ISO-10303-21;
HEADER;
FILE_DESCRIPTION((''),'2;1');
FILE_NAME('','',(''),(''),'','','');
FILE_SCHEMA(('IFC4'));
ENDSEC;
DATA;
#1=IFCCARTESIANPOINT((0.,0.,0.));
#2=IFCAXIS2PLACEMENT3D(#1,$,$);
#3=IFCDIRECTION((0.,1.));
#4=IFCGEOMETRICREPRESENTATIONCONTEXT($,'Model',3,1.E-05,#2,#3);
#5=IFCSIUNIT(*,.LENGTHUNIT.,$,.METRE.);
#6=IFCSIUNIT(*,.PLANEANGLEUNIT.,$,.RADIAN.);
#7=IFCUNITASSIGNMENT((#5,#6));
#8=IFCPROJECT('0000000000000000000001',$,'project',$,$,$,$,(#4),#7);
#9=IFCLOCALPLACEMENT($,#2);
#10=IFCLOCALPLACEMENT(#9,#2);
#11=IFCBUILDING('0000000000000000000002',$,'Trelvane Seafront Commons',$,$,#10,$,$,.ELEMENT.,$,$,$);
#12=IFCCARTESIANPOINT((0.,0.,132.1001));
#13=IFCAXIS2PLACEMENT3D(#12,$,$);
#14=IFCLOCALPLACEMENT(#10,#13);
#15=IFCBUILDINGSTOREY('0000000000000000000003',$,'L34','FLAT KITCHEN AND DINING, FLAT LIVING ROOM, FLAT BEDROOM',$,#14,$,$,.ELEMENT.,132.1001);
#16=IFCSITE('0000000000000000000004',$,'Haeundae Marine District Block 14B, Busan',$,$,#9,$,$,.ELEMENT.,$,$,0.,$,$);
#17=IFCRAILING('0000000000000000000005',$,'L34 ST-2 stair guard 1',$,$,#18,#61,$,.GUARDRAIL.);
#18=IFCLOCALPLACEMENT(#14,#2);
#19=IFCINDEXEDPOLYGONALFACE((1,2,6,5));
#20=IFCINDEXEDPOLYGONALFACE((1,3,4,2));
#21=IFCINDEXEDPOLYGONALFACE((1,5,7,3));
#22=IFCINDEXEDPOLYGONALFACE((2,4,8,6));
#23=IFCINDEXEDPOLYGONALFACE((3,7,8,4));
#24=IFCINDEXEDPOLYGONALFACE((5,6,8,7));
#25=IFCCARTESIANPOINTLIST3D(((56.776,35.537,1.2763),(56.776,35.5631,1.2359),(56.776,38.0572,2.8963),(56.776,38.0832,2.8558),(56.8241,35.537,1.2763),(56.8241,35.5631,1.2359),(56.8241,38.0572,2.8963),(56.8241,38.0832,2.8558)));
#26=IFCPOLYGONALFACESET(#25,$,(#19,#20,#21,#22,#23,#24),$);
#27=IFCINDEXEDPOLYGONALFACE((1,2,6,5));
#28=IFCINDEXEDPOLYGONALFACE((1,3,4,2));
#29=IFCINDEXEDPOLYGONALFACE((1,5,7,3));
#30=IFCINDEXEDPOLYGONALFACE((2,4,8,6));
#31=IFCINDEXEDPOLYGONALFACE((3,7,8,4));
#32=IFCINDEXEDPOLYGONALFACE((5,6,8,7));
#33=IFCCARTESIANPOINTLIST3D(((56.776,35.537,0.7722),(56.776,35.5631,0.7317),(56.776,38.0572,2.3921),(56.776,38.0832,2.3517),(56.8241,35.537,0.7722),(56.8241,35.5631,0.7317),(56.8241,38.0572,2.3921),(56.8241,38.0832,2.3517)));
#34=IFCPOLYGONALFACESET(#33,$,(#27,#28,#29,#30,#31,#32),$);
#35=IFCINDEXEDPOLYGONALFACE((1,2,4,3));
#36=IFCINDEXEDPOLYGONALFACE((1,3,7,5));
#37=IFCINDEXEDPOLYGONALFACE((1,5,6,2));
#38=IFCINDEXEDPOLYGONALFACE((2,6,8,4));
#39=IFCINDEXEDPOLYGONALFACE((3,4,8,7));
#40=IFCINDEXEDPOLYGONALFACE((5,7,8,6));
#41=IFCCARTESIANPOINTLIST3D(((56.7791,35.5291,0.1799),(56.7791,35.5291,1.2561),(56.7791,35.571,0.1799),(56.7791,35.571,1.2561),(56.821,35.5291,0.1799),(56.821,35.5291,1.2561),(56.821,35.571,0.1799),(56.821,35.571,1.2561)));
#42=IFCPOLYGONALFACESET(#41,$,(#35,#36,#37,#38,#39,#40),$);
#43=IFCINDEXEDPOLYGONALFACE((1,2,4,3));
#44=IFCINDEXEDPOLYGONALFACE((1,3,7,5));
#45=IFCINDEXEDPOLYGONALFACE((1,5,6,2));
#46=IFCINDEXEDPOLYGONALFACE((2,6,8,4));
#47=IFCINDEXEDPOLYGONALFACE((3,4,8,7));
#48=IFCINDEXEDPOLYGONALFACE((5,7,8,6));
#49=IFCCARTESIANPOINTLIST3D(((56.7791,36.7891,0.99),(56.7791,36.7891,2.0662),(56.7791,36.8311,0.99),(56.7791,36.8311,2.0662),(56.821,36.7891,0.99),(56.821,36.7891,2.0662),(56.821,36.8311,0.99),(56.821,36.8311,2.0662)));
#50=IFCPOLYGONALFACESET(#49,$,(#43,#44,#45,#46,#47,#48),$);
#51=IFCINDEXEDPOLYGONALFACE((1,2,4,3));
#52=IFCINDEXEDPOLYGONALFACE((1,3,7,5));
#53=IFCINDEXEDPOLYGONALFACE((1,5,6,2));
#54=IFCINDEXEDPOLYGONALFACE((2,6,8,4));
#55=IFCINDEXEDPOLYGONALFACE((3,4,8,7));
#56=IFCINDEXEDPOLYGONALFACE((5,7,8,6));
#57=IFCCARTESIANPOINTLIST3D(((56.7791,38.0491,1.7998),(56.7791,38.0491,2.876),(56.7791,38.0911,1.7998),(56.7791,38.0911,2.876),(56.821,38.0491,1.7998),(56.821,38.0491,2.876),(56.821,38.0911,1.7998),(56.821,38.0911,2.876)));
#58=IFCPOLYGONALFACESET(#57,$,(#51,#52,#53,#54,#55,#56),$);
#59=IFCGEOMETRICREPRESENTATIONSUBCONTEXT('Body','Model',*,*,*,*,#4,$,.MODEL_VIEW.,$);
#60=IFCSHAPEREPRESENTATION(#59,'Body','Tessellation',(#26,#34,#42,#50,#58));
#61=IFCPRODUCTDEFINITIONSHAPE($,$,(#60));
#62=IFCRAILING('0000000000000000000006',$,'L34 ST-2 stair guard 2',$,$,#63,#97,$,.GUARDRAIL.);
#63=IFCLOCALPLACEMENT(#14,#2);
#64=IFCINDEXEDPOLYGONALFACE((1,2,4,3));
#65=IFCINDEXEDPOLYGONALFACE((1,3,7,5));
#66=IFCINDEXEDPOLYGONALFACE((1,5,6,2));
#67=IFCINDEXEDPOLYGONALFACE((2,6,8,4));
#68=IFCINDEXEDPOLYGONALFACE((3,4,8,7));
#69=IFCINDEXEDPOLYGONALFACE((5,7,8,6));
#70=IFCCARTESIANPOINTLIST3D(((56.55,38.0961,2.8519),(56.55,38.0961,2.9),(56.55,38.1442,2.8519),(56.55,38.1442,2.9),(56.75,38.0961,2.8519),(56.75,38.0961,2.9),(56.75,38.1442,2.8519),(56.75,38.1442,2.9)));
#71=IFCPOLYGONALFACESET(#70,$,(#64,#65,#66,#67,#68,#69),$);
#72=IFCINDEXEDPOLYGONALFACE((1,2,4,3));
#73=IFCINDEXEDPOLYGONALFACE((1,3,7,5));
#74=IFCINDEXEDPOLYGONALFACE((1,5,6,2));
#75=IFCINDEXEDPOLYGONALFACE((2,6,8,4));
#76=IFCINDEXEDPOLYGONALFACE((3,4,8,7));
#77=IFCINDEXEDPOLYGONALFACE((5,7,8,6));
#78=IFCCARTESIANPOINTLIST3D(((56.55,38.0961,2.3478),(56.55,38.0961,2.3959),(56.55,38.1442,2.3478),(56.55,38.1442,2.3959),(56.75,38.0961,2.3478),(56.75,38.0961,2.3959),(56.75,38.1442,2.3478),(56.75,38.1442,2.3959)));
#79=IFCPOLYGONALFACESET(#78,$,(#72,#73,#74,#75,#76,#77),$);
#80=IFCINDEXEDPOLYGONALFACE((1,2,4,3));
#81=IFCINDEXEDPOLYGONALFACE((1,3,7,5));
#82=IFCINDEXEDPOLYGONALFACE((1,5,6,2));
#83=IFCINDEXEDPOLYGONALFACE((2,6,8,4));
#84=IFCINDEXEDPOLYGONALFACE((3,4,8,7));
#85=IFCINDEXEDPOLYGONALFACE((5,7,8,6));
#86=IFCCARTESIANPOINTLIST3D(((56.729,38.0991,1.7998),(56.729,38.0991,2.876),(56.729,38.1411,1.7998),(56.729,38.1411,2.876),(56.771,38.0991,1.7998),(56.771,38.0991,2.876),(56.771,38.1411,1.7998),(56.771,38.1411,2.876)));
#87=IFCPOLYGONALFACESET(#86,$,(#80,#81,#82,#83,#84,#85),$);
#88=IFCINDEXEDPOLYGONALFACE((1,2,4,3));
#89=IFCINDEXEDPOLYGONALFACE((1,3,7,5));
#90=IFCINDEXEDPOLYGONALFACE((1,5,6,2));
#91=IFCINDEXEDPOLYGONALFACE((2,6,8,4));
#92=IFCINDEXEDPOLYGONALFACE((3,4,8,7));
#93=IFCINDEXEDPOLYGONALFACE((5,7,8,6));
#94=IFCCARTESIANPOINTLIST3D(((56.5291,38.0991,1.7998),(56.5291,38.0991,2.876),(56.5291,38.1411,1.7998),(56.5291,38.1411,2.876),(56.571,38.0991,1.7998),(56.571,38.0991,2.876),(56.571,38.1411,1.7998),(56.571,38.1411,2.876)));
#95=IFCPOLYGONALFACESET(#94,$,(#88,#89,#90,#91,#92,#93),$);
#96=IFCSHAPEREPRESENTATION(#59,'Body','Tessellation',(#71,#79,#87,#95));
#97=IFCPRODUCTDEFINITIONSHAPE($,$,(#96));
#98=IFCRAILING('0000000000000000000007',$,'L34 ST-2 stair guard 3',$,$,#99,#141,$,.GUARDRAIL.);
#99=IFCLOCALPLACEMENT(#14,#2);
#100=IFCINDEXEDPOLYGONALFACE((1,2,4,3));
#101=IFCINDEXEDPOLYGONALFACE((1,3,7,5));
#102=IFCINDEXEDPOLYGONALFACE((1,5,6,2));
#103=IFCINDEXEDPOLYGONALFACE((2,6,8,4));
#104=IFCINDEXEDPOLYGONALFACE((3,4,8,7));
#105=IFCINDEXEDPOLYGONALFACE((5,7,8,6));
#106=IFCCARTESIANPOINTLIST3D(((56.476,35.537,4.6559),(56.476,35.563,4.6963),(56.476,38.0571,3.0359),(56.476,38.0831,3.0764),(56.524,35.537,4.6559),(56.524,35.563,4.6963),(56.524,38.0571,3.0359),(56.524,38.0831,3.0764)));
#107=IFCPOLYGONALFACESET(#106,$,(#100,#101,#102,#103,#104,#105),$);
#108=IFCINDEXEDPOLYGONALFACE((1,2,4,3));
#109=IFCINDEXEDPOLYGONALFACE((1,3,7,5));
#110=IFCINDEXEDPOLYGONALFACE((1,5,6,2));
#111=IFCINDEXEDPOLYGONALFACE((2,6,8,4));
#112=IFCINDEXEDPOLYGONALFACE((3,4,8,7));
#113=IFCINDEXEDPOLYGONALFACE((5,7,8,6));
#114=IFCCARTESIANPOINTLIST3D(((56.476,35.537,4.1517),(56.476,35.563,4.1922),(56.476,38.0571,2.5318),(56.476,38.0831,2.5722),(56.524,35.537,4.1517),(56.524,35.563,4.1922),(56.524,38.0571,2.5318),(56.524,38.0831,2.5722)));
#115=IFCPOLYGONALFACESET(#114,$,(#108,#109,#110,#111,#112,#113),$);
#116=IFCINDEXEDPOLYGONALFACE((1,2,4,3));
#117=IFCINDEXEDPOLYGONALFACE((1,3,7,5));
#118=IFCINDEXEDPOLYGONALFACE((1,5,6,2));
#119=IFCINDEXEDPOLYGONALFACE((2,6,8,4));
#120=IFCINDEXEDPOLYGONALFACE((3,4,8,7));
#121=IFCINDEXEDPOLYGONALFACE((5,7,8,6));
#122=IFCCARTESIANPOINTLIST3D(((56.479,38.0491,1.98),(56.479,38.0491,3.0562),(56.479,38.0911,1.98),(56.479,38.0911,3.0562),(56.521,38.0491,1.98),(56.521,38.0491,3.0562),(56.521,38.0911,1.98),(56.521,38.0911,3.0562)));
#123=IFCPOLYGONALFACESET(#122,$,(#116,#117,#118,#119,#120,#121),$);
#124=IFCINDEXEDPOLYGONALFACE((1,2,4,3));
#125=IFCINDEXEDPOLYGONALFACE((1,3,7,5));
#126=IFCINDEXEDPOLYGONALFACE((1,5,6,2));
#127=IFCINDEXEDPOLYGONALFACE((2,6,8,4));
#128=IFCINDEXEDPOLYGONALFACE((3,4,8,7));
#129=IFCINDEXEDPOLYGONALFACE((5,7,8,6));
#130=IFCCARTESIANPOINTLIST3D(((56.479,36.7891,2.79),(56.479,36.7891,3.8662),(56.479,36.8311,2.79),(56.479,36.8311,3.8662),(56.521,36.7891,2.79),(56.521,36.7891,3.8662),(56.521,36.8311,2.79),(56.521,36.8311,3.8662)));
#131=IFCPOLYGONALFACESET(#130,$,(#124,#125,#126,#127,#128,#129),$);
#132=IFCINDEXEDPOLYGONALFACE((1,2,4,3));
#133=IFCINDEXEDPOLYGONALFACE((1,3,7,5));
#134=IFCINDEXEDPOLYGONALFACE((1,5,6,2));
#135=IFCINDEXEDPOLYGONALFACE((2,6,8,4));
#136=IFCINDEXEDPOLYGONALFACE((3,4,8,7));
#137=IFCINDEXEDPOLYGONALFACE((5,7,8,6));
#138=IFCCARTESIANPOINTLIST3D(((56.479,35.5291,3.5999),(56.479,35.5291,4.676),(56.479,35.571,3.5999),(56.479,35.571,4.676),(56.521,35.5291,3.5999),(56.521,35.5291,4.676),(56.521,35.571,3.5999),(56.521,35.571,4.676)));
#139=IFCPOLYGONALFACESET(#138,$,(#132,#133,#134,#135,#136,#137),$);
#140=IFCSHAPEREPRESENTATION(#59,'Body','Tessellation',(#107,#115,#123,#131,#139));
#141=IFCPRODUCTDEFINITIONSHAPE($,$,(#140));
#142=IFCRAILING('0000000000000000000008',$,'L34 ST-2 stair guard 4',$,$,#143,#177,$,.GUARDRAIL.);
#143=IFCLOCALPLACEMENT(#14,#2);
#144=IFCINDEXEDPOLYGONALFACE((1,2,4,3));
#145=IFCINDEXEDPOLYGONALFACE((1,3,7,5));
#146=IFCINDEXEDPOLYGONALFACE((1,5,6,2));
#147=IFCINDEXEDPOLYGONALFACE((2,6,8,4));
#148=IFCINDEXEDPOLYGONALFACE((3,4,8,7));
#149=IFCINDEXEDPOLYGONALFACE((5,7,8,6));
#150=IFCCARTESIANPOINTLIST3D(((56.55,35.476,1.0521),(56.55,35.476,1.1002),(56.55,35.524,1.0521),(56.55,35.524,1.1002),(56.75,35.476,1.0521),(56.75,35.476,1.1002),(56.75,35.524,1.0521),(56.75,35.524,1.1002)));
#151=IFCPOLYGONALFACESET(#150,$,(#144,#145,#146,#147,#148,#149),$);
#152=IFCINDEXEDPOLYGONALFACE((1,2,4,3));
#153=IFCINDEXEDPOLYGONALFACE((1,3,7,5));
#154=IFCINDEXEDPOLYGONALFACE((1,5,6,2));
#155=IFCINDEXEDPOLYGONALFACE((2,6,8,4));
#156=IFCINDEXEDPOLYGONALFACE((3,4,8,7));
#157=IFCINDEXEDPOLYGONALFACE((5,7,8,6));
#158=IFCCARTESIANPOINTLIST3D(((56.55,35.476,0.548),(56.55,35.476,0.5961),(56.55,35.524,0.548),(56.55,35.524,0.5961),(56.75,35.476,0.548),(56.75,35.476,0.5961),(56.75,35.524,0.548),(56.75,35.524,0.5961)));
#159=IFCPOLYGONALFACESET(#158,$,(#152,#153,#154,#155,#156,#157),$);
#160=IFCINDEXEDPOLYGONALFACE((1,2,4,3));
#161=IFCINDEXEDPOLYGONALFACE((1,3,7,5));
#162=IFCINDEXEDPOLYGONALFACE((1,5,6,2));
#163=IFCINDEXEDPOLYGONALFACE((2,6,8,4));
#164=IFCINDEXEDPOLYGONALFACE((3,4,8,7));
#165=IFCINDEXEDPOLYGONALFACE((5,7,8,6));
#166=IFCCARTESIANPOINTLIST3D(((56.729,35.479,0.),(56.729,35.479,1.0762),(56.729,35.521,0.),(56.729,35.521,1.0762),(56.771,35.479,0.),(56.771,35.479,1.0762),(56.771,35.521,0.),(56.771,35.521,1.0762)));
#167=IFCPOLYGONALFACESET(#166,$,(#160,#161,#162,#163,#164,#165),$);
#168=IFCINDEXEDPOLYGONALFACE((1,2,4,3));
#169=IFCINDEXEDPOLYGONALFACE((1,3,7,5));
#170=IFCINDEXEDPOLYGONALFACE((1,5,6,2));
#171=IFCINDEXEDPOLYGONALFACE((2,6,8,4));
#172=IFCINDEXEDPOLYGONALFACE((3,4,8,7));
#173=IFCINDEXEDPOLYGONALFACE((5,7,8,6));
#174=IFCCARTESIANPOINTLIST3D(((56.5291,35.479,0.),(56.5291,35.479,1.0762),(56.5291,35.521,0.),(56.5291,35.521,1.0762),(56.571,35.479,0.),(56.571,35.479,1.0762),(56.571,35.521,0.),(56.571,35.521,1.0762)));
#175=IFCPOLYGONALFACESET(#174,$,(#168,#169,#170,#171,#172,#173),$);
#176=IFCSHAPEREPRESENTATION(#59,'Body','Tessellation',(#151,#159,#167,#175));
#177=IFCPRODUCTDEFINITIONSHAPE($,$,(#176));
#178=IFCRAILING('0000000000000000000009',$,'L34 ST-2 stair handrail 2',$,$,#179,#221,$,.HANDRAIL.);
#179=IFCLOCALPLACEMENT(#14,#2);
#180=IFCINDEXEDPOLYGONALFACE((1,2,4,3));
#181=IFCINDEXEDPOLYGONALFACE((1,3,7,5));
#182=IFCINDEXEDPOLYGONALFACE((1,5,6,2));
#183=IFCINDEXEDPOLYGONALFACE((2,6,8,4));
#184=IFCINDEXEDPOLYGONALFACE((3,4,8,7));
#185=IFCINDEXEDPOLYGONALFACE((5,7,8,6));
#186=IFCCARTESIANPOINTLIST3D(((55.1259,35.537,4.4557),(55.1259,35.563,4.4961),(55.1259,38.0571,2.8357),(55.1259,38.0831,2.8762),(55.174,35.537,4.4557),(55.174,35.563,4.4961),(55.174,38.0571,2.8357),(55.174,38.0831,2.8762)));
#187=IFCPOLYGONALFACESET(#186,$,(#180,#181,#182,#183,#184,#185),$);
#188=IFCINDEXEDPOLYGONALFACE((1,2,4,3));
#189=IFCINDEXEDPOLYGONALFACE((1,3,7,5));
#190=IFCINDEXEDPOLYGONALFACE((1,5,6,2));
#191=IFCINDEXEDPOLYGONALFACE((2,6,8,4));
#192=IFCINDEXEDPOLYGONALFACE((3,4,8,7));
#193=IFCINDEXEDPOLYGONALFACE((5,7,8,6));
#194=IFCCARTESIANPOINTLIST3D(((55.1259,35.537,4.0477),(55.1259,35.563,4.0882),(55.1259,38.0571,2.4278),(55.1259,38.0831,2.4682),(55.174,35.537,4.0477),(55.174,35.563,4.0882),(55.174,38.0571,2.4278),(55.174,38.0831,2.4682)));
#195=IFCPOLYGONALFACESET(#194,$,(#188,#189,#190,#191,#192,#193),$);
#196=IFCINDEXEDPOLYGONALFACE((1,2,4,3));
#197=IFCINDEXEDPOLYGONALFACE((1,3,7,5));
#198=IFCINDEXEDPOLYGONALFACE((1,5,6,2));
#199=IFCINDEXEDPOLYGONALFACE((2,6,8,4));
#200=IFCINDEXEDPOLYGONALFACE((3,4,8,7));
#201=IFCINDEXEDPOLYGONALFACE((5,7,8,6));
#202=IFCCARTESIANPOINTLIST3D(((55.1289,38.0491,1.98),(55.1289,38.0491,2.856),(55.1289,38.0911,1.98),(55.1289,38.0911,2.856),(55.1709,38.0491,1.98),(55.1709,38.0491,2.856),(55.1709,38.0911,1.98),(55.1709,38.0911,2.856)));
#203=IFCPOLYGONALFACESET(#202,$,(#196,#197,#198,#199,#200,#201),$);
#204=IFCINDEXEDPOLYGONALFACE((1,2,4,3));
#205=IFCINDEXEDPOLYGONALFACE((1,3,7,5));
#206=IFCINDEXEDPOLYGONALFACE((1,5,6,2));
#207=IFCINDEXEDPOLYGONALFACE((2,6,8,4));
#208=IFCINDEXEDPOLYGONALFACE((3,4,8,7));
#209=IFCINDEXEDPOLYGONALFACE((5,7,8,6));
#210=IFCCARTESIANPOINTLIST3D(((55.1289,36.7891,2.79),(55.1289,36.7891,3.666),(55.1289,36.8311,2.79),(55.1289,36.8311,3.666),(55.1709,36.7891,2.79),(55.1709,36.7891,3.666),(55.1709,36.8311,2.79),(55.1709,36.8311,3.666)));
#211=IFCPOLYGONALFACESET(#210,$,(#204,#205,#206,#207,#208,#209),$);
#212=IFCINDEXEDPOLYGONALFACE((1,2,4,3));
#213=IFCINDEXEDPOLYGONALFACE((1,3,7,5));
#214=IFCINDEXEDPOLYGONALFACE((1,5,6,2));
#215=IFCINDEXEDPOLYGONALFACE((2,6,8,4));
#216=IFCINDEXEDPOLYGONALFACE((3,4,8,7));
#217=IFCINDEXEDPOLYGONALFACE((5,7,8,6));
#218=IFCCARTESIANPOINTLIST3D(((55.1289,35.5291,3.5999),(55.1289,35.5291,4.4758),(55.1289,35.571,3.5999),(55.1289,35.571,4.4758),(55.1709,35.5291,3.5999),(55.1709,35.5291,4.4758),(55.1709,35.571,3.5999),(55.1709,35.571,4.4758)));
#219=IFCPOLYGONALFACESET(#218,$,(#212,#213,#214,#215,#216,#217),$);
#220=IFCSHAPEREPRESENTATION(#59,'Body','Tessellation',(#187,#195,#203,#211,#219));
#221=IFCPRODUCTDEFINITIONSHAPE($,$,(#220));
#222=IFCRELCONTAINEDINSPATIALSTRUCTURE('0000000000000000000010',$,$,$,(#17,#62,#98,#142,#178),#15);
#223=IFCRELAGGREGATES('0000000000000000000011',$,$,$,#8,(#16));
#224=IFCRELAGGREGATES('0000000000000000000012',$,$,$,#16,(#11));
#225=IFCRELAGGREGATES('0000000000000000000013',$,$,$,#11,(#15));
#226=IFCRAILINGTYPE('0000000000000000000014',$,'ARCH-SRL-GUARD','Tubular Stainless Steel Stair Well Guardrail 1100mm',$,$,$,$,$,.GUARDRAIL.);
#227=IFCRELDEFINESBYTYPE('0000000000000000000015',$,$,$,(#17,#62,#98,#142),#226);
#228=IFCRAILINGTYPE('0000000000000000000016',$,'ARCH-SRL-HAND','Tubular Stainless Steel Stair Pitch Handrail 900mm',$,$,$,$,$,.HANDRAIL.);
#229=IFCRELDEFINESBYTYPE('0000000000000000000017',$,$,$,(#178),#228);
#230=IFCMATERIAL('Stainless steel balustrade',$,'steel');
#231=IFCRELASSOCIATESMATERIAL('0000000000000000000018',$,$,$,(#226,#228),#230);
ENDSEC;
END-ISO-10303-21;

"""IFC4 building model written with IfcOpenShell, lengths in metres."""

from ifc_helpers import new_model, si_unit, direction, frame, origin, origin_2d, place, context, subcontext, project, spatial, rectangle, extrude, material, type_object, element, save


model = new_model("IFC4")

# Units and contexts
model_context = context("Model", 3, precision=1e-05, world=origin(), true_north=direction((0.0, 1.0)))
body_context = subcontext(model_context, "Body", "Model", "MODEL_VIEW")
ifc_project = project(units=[si_unit("LENGTHUNIT", "METRE"), si_unit("PLANEANGLEUNIT", "RADIAN")], contexts=[model_context])

# Site, building, storey
site_placement = place(None, origin())
site = spatial("IfcSite", under=ifc_project, at=site_placement, Name="Haeundae Marine District Block 14B, Busan", CompositionType="ELEMENT", RefElevation=0.0)
building_placement = place(site_placement, origin())
building = spatial("IfcBuilding", under=site, at=building_placement, Name="Trelvane Seafront Commons", CompositionType="ELEMENT")
storey_placement = place(building_placement, frame((0.0, 0.0, 132.1001)))
storey = spatial("IfcBuildingStorey", under=building, at=storey_placement, Name="L34", Description="FLAT KITCHEN AND DINING, FLAT LIVING ROOM, FLAT BEDROOM", CompositionType="ELEMENT", Elevation=132.1001)

# Railings
ifc_material_1 = material(Name="Stainless steel balustrade", Category="steel")
railing_type_1 = type_object("IfcRailingType", Name="ARCH-SRL-GUARD", Description="Tubular Stainless Steel Stair Well Guardrail 1100mm", PredefinedType="GUARDRAIL", material=ifc_material_1)
railing_1_placement = place(storey_placement, frame((56.8, 35.55, 0.1799)))
element("IfcRailing", 1, at=railing_1_placement, inside=storey, type_object=railing_type_1, Name="L34 ST-2 stair guard 1", PredefinedType="GUARDRAIL", context=body_context, shape_type="SweptSolid", body=[
    extrude(rectangle(XDim=0.0481, YDim=0.0481, at=origin_2d()), frame((0.0, 0.0, 1.0762), z_axis=(0.0, 0.8412, 0.540725), x_axis=(-1.0, 0.0, 0.0)), (0.0, 0.0, 1.0), 2.9958),
    extrude(rectangle(XDim=0.0481, YDim=0.0481, at=origin_2d()), frame((0.0, 0.0, 0.572), z_axis=(0.0, 0.8412, 0.540725), x_axis=(-1.0, 0.0, 0.0)), (0.0, 0.0, 1.0), 2.9958),
    extrude(rectangle(XDim=0.042, YDim=0.042, at=origin_2d()), origin(), (0.0, 0.0, 1.0), 1.0762),
    extrude(rectangle(XDim=0.042, YDim=0.042, at=origin_2d()), frame((0.0, 1.26, 0.8101)), (0.0, 0.0, 1.0), 1.0762),
    extrude(rectangle(XDim=0.042, YDim=0.042, at=origin_2d()), frame((0.0, 2.52, 1.6199)), (0.0, 0.0, 1.0), 1.0762),
])
railing_2_placement = place(storey_placement, frame((56.75, 38.1201, 1.7998)))
element("IfcRailing", 2, at=railing_2_placement, inside=storey, type_object=railing_type_1, Name="L34 ST-2 stair guard 2", PredefinedType="GUARDRAIL", context=body_context, shape_type="SweptSolid", body=[
    extrude(rectangle(XDim=0.0481, YDim=0.0481, at=origin_2d()), frame((0.0, 0.0, 1.0762), z_axis=(-1.0, 0.0, 0.0), x_axis=(0.0, -1.0, 0.0)), (0.0, 0.0, 1.0), 0.2),
    extrude(rectangle(XDim=0.0481, YDim=0.0481, at=origin_2d()), frame((0.0, 0.0, 0.572), z_axis=(-1.0, 0.0, 0.0), x_axis=(0.0, -1.0, 0.0)), (0.0, 0.0, 1.0), 0.2),
    extrude(rectangle(XDim=0.042, YDim=0.042, at=origin_2d()), origin(), (0.0, 0.0, 1.0), 1.0762),
    extrude(rectangle(XDim=0.042, YDim=0.042, at=origin_2d()), frame((-0.2, 0.0, 0.0)), (0.0, 0.0, 1.0), 1.0762),
])
railing_3_placement = place(storey_placement, frame((56.5, 38.0701, 1.98)))
element("IfcRailing", 3, at=railing_3_placement, inside=storey, type_object=railing_type_1, Name="L34 ST-2 stair guard 3", PredefinedType="GUARDRAIL", context=body_context, shape_type="SweptSolid", body=[
    extrude(rectangle(XDim=0.0481, YDim=0.0481, at=origin_2d()), frame((0.0, 0.0, 1.0762), z_axis=(0.0, -0.8412, 0.540725), x_axis=(1.0, 0.0, 0.0)), (0.0, 0.0, 1.0), 2.9958),
    extrude(rectangle(XDim=0.0481, YDim=0.0481, at=origin_2d()), frame((0.0, 0.0, 0.572), z_axis=(0.0, -0.8412, 0.540725), x_axis=(1.0, 0.0, 0.0)), (0.0, 0.0, 1.0), 2.9958),
    extrude(rectangle(XDim=0.042, YDim=0.042, at=origin_2d()), origin(), (0.0, 0.0, 1.0), 1.0762),
    extrude(rectangle(XDim=0.042, YDim=0.042, at=origin_2d()), frame((0.0, -1.26, 0.8101)), (0.0, 0.0, 1.0), 1.0762),
    extrude(rectangle(XDim=0.042, YDim=0.042, at=origin_2d()), frame((0.0, -2.52, 1.6199)), (0.0, 0.0, 1.0), 1.0762),
])
railing_4_placement = place(storey_placement, frame((56.75, 35.5, 0.0)))
element("IfcRailing", 4, at=railing_4_placement, inside=storey, type_object=railing_type_1, Name="L34 ST-2 stair guard 4", PredefinedType="GUARDRAIL", context=body_context, shape_type="SweptSolid", body=[
    extrude(rectangle(XDim=0.0481, YDim=0.0481, at=origin_2d()), frame((0.0, 0.0, 1.0762), z_axis=(-1.0, 0.0, 0.0), x_axis=(0.0, -1.0, 0.0)), (0.0, 0.0, 1.0), 0.2),
    extrude(rectangle(XDim=0.0481, YDim=0.0481, at=origin_2d()), frame((0.0, 0.0, 0.572), z_axis=(-1.0, 0.0, 0.0), x_axis=(0.0, -1.0, 0.0)), (0.0, 0.0, 1.0), 0.2),
    extrude(rectangle(XDim=0.042, YDim=0.042, at=origin_2d()), origin(), (0.0, 0.0, 1.0), 1.0762),
    extrude(rectangle(XDim=0.042, YDim=0.042, at=origin_2d()), frame((-0.2, 0.0, 0.0)), (0.0, 0.0, 1.0), 1.0762),
])
railing_type_2 = type_object("IfcRailingType", Name="ARCH-SRL-HAND", Description="Tubular Stainless Steel Stair Pitch Handrail 900mm", PredefinedType="HANDRAIL", material=ifc_material_1)
railing_5_placement = place(storey_placement, frame((55.1499, 38.0701, 1.98)))
element("IfcRailing", 5, at=railing_5_placement, inside=storey, type_object=railing_type_2, Name="L34 ST-2 stair handrail 2", PredefinedType="HANDRAIL", context=body_context, shape_type="SweptSolid", body=[
    extrude(rectangle(XDim=0.0481, YDim=0.0481, at=origin_2d()), frame((0.0, 0.0, 0.876), z_axis=(0.0, -0.8412, 0.540725), x_axis=(1.0, 0.0, 0.0)), (0.0, 0.0, 1.0), 2.9958),
    extrude(rectangle(XDim=0.0481, YDim=0.0481, at=origin_2d()), frame((0.0, 0.0, 0.468), z_axis=(0.0, -0.8412, 0.540725), x_axis=(1.0, 0.0, 0.0)), (0.0, 0.0, 1.0), 2.9958),
    extrude(rectangle(XDim=0.042, YDim=0.042, at=origin_2d()), origin(), (0.0, 0.0, 1.0), 0.876),
    extrude(rectangle(XDim=0.042, YDim=0.042, at=origin_2d()), frame((0.0, -1.26, 0.8101)), (0.0, 0.0, 1.0), 0.876),
    extrude(rectangle(XDim=0.042, YDim=0.042, at=origin_2d()), frame((0.0, -2.52, 1.6199)), (0.0, 0.0, 1.0), 0.876),
])

save(model, "model.ifc")
